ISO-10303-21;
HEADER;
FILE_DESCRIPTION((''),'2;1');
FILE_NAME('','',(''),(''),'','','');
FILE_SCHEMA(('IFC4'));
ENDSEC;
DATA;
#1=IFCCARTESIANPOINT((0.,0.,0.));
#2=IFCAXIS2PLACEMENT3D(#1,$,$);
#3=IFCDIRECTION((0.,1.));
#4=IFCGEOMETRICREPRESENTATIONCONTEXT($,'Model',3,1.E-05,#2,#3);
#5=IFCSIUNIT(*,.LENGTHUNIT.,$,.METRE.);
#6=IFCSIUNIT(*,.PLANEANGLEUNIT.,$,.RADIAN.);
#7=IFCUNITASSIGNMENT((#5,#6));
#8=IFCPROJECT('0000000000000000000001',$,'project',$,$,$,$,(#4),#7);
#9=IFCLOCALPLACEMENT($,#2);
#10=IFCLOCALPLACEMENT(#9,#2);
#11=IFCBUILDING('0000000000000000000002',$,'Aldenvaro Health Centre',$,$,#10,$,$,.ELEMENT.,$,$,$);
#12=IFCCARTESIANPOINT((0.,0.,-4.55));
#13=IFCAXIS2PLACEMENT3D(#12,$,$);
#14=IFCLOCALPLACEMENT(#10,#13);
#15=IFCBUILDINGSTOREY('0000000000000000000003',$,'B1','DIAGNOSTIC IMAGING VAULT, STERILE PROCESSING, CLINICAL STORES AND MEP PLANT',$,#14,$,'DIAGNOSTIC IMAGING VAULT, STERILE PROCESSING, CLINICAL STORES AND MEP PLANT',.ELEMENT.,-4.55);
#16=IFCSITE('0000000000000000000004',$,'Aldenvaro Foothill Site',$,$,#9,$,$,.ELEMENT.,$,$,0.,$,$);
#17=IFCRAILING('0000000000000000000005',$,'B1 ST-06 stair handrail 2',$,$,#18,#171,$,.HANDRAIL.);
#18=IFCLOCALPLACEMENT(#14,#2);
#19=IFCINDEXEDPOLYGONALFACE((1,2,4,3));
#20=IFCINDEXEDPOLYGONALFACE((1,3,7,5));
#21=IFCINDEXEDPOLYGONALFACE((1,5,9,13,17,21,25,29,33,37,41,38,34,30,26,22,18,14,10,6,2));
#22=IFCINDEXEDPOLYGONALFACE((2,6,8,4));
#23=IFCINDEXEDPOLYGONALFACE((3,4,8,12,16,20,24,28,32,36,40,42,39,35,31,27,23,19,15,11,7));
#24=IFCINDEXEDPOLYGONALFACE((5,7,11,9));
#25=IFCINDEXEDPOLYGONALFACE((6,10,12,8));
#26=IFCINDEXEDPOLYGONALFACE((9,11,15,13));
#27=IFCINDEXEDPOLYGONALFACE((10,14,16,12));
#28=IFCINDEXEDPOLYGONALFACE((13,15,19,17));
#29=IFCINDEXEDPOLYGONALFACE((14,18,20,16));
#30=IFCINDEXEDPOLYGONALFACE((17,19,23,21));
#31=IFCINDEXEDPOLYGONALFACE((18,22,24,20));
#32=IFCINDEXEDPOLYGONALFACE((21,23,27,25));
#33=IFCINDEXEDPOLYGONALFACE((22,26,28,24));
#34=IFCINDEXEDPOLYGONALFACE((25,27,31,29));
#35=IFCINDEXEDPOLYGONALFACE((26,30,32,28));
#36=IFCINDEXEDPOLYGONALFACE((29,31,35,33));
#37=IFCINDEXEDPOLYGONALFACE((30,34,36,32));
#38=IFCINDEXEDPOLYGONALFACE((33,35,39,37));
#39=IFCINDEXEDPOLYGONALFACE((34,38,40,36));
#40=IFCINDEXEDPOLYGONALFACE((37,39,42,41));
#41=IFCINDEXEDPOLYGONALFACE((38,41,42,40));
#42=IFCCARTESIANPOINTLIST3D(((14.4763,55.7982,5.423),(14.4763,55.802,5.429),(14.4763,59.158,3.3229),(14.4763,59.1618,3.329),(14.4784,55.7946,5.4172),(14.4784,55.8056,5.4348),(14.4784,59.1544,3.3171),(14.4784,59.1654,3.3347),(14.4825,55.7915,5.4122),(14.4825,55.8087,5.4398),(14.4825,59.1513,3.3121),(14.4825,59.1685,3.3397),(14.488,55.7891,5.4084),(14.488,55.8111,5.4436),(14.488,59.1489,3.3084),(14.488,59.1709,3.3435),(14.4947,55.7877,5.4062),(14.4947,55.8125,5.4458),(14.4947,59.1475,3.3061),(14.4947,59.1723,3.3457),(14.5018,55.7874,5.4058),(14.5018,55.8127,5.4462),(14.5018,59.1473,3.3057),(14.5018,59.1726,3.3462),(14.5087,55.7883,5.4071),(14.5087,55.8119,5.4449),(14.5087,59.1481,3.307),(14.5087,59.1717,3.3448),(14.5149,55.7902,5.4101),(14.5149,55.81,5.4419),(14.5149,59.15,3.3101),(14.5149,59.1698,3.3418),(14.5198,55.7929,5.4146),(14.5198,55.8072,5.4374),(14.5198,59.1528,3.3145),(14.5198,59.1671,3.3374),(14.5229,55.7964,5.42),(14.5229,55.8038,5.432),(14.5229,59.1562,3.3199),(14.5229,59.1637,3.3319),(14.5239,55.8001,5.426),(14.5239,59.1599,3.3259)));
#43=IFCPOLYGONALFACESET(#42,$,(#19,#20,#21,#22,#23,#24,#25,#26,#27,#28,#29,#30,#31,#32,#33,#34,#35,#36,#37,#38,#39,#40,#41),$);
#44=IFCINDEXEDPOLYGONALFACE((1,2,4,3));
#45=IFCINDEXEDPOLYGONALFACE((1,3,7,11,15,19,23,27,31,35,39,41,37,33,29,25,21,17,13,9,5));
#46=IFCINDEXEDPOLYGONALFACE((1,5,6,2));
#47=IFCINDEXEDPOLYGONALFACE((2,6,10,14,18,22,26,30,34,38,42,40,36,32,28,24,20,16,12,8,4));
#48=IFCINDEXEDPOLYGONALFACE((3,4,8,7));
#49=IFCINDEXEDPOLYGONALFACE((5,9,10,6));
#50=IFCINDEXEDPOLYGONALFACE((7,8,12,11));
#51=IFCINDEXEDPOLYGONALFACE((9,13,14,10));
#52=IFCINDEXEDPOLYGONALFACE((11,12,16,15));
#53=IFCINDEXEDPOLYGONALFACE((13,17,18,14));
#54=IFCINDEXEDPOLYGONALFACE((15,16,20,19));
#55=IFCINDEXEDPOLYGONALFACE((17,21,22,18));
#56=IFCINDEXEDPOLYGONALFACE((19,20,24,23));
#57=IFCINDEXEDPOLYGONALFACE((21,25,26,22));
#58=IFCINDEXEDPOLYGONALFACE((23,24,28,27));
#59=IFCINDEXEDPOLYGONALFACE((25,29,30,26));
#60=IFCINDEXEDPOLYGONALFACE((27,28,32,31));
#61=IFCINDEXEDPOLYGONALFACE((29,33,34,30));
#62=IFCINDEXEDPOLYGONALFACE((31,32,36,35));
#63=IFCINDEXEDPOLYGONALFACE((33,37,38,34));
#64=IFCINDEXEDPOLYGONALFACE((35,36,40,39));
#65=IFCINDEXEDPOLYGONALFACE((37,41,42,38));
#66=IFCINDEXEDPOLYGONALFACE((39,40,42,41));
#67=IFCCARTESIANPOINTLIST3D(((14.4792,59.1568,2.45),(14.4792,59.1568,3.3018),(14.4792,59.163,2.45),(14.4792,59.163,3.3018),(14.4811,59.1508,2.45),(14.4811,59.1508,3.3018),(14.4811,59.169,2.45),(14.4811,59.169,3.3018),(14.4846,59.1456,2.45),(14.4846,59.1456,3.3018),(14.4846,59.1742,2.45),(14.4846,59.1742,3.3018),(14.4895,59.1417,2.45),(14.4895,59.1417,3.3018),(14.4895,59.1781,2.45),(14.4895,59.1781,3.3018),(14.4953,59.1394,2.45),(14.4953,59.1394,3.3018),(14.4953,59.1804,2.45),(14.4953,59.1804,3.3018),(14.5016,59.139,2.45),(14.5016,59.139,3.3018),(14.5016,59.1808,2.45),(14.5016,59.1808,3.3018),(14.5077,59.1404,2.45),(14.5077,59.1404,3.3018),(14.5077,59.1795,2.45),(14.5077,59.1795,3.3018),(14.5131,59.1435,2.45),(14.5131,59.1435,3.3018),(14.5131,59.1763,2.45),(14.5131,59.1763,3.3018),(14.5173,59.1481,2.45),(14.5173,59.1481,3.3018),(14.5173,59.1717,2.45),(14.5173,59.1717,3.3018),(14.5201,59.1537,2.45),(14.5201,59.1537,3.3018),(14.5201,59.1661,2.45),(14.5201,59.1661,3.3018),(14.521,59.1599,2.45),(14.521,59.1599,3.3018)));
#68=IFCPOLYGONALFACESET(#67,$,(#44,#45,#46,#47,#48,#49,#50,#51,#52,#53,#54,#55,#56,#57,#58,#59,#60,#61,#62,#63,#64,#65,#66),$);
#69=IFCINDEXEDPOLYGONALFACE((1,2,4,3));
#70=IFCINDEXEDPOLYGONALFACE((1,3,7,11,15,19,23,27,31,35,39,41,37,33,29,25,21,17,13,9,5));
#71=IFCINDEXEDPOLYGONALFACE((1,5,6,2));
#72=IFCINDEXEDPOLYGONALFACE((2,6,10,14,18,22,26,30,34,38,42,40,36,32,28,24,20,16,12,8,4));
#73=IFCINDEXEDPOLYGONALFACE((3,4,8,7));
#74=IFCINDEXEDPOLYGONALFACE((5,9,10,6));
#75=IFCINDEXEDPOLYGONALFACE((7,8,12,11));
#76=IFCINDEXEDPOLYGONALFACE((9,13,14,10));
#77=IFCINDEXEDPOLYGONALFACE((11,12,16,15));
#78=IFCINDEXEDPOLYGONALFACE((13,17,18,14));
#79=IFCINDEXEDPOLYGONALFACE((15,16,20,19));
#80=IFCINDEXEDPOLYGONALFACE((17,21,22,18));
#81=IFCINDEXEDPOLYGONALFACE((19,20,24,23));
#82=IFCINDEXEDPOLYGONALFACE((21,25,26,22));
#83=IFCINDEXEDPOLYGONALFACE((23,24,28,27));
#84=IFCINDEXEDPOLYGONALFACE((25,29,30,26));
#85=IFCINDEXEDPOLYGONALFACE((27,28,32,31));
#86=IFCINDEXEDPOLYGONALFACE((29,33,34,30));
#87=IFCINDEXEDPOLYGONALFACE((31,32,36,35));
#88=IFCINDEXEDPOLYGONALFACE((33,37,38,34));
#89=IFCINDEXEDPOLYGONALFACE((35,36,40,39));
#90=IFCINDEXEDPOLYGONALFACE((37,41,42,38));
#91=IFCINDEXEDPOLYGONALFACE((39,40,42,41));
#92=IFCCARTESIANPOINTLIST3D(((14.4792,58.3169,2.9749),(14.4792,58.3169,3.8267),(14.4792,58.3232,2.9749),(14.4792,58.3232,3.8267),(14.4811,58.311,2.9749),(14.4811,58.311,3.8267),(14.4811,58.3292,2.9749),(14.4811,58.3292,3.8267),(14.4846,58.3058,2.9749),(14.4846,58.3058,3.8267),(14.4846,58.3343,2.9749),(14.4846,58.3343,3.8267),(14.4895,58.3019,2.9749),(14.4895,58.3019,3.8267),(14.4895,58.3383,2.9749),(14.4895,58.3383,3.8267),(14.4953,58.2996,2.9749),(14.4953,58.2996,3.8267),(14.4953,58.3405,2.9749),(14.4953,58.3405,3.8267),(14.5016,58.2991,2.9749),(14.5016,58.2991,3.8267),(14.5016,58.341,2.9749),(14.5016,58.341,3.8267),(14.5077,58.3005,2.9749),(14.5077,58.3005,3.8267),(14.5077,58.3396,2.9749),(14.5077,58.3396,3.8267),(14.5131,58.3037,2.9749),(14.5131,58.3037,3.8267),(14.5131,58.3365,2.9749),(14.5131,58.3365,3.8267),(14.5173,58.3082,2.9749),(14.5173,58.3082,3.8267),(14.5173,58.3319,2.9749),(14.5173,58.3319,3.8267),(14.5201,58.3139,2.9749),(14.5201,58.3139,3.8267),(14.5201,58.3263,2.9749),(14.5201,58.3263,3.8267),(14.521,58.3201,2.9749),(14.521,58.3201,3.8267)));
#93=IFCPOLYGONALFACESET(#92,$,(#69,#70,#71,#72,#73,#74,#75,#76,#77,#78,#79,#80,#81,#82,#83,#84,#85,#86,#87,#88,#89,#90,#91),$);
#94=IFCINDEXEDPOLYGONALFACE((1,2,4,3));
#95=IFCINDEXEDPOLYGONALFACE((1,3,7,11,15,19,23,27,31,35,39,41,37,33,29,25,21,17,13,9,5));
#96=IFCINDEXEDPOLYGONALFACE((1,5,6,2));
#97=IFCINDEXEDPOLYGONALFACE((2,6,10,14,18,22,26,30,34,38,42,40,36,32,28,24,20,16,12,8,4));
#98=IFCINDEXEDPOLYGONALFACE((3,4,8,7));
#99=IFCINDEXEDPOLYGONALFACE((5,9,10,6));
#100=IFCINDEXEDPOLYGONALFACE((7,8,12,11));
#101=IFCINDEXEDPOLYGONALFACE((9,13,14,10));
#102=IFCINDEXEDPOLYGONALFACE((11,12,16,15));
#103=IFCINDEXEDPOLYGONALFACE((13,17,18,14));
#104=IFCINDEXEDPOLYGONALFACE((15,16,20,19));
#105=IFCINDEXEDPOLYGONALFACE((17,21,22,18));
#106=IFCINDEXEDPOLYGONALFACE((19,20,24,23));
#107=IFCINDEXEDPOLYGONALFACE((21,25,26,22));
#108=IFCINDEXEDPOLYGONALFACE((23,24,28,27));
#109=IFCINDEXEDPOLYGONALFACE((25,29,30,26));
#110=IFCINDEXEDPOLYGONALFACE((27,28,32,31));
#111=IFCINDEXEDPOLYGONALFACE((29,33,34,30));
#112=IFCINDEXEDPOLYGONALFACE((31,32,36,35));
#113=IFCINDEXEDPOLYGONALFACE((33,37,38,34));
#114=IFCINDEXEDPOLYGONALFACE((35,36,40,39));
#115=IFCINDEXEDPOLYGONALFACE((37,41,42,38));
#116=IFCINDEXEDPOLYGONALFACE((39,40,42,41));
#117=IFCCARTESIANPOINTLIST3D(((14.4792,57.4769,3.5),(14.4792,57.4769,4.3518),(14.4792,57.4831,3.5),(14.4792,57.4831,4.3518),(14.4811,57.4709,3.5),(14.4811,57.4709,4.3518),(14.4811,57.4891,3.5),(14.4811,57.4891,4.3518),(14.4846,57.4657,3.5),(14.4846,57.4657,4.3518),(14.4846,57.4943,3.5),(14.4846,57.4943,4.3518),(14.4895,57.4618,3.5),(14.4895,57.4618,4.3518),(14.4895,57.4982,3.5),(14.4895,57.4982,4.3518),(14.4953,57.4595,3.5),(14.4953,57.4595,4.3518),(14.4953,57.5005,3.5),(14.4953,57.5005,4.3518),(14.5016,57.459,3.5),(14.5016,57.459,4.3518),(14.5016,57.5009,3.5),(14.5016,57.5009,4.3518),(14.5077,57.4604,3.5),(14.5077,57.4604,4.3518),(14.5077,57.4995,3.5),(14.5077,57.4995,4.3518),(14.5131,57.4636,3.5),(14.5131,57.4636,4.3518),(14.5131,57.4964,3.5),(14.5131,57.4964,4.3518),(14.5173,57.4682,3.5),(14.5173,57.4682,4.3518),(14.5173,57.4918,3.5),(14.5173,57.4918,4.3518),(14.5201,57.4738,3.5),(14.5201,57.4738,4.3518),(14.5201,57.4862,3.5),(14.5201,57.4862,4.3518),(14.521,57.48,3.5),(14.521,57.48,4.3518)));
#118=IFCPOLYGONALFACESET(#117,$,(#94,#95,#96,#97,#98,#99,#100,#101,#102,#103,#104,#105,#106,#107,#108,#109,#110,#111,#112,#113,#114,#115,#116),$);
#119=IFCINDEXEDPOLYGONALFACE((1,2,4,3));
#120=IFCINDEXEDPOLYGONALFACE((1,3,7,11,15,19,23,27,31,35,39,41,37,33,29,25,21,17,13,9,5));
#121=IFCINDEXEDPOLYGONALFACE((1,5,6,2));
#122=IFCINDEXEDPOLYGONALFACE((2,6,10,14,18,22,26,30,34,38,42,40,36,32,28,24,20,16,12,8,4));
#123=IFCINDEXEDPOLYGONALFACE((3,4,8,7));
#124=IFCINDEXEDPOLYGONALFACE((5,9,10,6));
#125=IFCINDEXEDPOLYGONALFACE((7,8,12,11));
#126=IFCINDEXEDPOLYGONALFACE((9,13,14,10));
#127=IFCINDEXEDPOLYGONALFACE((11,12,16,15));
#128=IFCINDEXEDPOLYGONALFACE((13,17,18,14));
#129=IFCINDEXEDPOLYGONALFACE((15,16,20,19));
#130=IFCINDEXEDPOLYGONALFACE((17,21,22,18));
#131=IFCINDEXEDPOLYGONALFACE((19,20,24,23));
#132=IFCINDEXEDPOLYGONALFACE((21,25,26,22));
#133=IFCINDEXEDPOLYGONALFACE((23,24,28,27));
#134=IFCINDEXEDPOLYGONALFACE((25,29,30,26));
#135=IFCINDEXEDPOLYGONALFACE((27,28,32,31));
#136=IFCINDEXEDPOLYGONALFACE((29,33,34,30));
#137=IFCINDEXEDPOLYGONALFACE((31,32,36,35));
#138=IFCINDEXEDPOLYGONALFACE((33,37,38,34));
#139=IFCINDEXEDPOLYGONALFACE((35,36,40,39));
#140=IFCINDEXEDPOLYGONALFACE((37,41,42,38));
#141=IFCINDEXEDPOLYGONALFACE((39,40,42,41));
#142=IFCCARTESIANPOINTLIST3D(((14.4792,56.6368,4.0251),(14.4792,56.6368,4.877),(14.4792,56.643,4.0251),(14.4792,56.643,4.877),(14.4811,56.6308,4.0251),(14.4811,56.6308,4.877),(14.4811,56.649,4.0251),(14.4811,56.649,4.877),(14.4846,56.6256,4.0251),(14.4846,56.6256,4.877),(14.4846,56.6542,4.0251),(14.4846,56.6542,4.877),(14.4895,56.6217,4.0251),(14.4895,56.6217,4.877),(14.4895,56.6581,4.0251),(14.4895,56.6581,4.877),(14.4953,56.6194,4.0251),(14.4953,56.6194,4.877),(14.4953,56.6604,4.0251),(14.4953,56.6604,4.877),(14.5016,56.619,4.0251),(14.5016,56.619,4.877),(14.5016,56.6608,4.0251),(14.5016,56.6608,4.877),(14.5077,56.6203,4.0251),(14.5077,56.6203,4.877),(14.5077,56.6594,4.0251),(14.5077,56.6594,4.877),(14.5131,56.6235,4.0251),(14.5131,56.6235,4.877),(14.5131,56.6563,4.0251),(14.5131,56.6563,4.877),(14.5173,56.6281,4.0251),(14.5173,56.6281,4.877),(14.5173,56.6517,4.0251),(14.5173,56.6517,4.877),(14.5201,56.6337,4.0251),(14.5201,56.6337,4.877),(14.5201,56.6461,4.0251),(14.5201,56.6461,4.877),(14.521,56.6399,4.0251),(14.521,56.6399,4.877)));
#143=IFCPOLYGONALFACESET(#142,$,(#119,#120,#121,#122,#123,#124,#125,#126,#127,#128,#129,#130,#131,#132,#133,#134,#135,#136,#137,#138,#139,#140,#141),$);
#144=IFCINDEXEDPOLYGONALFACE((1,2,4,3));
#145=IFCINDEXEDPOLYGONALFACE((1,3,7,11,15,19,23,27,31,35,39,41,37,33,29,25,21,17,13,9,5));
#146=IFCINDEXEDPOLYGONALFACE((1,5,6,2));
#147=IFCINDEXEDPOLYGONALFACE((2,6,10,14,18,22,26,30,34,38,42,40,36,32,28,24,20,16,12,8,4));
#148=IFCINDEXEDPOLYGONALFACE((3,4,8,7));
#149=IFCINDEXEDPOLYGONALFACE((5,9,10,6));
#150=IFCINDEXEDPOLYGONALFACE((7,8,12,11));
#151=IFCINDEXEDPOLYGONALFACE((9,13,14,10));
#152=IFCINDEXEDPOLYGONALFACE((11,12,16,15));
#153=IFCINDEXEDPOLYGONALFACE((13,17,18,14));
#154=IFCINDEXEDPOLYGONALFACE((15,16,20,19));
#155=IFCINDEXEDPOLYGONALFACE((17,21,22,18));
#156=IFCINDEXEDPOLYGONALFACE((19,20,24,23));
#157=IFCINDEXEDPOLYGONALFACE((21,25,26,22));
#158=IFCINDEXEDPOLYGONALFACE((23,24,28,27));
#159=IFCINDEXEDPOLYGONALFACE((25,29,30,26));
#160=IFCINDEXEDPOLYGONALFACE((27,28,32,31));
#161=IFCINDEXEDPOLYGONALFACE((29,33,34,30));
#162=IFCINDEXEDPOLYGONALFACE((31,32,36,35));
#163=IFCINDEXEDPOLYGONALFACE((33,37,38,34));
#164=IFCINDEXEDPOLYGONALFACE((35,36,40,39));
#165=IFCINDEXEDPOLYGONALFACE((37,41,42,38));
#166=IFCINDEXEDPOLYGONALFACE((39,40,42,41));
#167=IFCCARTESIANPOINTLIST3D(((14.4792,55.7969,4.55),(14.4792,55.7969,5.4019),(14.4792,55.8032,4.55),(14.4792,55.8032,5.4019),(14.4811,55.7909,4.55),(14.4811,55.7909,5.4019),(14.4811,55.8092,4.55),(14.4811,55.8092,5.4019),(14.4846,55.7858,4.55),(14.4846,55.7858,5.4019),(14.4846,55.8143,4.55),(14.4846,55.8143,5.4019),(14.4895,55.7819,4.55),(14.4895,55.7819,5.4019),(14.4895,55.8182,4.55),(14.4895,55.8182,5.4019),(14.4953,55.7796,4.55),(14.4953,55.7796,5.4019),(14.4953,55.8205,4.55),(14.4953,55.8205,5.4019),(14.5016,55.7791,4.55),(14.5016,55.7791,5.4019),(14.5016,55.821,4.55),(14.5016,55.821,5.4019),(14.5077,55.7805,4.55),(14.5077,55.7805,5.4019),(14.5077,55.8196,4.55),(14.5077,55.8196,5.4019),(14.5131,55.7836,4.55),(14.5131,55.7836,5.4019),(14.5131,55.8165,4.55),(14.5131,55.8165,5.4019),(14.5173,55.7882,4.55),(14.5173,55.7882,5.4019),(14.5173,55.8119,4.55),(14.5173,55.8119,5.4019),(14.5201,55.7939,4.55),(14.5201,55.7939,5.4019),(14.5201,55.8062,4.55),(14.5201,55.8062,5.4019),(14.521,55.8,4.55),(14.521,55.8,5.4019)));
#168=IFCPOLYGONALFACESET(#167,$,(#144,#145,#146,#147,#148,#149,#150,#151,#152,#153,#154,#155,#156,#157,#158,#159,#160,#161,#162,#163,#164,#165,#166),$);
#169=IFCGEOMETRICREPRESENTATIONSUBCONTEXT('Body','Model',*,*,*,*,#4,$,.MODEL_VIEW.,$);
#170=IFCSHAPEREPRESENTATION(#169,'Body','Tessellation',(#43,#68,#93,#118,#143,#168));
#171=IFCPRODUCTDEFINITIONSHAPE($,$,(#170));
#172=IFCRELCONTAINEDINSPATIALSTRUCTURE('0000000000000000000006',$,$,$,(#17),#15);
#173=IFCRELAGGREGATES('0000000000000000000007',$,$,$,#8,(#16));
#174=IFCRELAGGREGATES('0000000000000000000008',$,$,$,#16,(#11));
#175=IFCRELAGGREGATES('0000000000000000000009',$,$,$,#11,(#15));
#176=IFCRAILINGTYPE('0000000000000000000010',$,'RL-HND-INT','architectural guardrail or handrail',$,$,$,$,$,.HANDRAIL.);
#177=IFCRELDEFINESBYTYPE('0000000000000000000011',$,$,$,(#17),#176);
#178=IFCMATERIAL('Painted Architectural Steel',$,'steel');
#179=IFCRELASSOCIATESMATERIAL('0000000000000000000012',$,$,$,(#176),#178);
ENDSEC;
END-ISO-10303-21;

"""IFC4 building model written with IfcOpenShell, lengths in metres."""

from ifc_helpers import new_model, si_unit, direction, frame, origin, origin_2d, place, context, subcontext, project, spatial, circle, extrude, material, type_object, element, save


model = new_model("IFC4")

# Units and contexts
model_context = context("Model", 3, precision=1e-05, world=origin(), true_north=direction((0.0, 1.0)))
body_context = subcontext(model_context, "Body", "Model", "MODEL_VIEW")
ifc_project = project(units=[si_unit("LENGTHUNIT", "METRE"), si_unit("PLANEANGLEUNIT", "RADIAN")], contexts=[model_context])

# Site, building, storey
site_placement = place(None, origin())
site = spatial("IfcSite", under=ifc_project, at=site_placement, Name="Aldenvaro Foothill Site", CompositionType="ELEMENT", RefElevation=0.0)
building_placement = place(site_placement, origin())
building = spatial("IfcBuilding", under=site, at=building_placement, Name="Aldenvaro Health Centre", CompositionType="ELEMENT")
storey_placement = place(building_placement, frame((0.0, 0.0, -4.55)))
storey = spatial("IfcBuildingStorey", under=building, at=storey_placement, Name="B1", Description="DIAGNOSTIC IMAGING VAULT, STERILE PROCESSING, CLINICAL STORES AND MEP PLANT", LongName="DIAGNOSTIC IMAGING VAULT, STERILE PROCESSING, CLINICAL STORES AND MEP PLANT", CompositionType="ELEMENT", Elevation=-4.55)

# Railing
ifc_material_1 = material(Name="Painted Architectural Steel", Category="steel")
railing_type_1 = type_object("IfcRailingType", Name="RL-HND-INT", Description="architectural guardrail or handrail", PredefinedType="HANDRAIL", material=ifc_material_1)
railing_1_placement = place(storey_placement, frame((14.5, 59.1599, 2.45)))
element("IfcRailing", 1, at=railing_1_placement, inside=storey, type_object=railing_type_1, Name="B1 ST-06 stair handrail 2", PredefinedType="HANDRAIL", context=body_context, shape_type="SweptSolid", body=[
    extrude(circle(Radius=0.0239, at=origin_2d()), frame((0.0, 0.0, 0.876), z_axis=(0.0, -0.847978, 0.530032), x_axis=(1.0, 0.0, 0.0)), (0.0, 0.0, 1.0), 3.9622),
    extrude(circle(Radius=0.021, at=origin_2d()), origin(), (0.0, 0.0, 1.0), 0.8518),
    extrude(circle(Radius=0.021, at=origin_2d()), frame((0.0, -0.8398, 0.5249)), (0.0, 0.0, 1.0), 0.8518),
    extrude(circle(Radius=0.021, at=origin_2d()), frame((0.0, -1.6799, 1.05)), (0.0, 0.0, 1.0), 0.8518),
    extrude(circle(Radius=0.021, at=origin_2d()), frame((0.0, -2.52, 1.5752)), (0.0, 0.0, 1.0), 0.8518),
    extrude(circle(Radius=0.021, at=origin_2d()), frame((0.0, -3.3599, 2.1001)), (0.0, 0.0, 1.0), 0.8518),
])

save(model, "model.ifc")
